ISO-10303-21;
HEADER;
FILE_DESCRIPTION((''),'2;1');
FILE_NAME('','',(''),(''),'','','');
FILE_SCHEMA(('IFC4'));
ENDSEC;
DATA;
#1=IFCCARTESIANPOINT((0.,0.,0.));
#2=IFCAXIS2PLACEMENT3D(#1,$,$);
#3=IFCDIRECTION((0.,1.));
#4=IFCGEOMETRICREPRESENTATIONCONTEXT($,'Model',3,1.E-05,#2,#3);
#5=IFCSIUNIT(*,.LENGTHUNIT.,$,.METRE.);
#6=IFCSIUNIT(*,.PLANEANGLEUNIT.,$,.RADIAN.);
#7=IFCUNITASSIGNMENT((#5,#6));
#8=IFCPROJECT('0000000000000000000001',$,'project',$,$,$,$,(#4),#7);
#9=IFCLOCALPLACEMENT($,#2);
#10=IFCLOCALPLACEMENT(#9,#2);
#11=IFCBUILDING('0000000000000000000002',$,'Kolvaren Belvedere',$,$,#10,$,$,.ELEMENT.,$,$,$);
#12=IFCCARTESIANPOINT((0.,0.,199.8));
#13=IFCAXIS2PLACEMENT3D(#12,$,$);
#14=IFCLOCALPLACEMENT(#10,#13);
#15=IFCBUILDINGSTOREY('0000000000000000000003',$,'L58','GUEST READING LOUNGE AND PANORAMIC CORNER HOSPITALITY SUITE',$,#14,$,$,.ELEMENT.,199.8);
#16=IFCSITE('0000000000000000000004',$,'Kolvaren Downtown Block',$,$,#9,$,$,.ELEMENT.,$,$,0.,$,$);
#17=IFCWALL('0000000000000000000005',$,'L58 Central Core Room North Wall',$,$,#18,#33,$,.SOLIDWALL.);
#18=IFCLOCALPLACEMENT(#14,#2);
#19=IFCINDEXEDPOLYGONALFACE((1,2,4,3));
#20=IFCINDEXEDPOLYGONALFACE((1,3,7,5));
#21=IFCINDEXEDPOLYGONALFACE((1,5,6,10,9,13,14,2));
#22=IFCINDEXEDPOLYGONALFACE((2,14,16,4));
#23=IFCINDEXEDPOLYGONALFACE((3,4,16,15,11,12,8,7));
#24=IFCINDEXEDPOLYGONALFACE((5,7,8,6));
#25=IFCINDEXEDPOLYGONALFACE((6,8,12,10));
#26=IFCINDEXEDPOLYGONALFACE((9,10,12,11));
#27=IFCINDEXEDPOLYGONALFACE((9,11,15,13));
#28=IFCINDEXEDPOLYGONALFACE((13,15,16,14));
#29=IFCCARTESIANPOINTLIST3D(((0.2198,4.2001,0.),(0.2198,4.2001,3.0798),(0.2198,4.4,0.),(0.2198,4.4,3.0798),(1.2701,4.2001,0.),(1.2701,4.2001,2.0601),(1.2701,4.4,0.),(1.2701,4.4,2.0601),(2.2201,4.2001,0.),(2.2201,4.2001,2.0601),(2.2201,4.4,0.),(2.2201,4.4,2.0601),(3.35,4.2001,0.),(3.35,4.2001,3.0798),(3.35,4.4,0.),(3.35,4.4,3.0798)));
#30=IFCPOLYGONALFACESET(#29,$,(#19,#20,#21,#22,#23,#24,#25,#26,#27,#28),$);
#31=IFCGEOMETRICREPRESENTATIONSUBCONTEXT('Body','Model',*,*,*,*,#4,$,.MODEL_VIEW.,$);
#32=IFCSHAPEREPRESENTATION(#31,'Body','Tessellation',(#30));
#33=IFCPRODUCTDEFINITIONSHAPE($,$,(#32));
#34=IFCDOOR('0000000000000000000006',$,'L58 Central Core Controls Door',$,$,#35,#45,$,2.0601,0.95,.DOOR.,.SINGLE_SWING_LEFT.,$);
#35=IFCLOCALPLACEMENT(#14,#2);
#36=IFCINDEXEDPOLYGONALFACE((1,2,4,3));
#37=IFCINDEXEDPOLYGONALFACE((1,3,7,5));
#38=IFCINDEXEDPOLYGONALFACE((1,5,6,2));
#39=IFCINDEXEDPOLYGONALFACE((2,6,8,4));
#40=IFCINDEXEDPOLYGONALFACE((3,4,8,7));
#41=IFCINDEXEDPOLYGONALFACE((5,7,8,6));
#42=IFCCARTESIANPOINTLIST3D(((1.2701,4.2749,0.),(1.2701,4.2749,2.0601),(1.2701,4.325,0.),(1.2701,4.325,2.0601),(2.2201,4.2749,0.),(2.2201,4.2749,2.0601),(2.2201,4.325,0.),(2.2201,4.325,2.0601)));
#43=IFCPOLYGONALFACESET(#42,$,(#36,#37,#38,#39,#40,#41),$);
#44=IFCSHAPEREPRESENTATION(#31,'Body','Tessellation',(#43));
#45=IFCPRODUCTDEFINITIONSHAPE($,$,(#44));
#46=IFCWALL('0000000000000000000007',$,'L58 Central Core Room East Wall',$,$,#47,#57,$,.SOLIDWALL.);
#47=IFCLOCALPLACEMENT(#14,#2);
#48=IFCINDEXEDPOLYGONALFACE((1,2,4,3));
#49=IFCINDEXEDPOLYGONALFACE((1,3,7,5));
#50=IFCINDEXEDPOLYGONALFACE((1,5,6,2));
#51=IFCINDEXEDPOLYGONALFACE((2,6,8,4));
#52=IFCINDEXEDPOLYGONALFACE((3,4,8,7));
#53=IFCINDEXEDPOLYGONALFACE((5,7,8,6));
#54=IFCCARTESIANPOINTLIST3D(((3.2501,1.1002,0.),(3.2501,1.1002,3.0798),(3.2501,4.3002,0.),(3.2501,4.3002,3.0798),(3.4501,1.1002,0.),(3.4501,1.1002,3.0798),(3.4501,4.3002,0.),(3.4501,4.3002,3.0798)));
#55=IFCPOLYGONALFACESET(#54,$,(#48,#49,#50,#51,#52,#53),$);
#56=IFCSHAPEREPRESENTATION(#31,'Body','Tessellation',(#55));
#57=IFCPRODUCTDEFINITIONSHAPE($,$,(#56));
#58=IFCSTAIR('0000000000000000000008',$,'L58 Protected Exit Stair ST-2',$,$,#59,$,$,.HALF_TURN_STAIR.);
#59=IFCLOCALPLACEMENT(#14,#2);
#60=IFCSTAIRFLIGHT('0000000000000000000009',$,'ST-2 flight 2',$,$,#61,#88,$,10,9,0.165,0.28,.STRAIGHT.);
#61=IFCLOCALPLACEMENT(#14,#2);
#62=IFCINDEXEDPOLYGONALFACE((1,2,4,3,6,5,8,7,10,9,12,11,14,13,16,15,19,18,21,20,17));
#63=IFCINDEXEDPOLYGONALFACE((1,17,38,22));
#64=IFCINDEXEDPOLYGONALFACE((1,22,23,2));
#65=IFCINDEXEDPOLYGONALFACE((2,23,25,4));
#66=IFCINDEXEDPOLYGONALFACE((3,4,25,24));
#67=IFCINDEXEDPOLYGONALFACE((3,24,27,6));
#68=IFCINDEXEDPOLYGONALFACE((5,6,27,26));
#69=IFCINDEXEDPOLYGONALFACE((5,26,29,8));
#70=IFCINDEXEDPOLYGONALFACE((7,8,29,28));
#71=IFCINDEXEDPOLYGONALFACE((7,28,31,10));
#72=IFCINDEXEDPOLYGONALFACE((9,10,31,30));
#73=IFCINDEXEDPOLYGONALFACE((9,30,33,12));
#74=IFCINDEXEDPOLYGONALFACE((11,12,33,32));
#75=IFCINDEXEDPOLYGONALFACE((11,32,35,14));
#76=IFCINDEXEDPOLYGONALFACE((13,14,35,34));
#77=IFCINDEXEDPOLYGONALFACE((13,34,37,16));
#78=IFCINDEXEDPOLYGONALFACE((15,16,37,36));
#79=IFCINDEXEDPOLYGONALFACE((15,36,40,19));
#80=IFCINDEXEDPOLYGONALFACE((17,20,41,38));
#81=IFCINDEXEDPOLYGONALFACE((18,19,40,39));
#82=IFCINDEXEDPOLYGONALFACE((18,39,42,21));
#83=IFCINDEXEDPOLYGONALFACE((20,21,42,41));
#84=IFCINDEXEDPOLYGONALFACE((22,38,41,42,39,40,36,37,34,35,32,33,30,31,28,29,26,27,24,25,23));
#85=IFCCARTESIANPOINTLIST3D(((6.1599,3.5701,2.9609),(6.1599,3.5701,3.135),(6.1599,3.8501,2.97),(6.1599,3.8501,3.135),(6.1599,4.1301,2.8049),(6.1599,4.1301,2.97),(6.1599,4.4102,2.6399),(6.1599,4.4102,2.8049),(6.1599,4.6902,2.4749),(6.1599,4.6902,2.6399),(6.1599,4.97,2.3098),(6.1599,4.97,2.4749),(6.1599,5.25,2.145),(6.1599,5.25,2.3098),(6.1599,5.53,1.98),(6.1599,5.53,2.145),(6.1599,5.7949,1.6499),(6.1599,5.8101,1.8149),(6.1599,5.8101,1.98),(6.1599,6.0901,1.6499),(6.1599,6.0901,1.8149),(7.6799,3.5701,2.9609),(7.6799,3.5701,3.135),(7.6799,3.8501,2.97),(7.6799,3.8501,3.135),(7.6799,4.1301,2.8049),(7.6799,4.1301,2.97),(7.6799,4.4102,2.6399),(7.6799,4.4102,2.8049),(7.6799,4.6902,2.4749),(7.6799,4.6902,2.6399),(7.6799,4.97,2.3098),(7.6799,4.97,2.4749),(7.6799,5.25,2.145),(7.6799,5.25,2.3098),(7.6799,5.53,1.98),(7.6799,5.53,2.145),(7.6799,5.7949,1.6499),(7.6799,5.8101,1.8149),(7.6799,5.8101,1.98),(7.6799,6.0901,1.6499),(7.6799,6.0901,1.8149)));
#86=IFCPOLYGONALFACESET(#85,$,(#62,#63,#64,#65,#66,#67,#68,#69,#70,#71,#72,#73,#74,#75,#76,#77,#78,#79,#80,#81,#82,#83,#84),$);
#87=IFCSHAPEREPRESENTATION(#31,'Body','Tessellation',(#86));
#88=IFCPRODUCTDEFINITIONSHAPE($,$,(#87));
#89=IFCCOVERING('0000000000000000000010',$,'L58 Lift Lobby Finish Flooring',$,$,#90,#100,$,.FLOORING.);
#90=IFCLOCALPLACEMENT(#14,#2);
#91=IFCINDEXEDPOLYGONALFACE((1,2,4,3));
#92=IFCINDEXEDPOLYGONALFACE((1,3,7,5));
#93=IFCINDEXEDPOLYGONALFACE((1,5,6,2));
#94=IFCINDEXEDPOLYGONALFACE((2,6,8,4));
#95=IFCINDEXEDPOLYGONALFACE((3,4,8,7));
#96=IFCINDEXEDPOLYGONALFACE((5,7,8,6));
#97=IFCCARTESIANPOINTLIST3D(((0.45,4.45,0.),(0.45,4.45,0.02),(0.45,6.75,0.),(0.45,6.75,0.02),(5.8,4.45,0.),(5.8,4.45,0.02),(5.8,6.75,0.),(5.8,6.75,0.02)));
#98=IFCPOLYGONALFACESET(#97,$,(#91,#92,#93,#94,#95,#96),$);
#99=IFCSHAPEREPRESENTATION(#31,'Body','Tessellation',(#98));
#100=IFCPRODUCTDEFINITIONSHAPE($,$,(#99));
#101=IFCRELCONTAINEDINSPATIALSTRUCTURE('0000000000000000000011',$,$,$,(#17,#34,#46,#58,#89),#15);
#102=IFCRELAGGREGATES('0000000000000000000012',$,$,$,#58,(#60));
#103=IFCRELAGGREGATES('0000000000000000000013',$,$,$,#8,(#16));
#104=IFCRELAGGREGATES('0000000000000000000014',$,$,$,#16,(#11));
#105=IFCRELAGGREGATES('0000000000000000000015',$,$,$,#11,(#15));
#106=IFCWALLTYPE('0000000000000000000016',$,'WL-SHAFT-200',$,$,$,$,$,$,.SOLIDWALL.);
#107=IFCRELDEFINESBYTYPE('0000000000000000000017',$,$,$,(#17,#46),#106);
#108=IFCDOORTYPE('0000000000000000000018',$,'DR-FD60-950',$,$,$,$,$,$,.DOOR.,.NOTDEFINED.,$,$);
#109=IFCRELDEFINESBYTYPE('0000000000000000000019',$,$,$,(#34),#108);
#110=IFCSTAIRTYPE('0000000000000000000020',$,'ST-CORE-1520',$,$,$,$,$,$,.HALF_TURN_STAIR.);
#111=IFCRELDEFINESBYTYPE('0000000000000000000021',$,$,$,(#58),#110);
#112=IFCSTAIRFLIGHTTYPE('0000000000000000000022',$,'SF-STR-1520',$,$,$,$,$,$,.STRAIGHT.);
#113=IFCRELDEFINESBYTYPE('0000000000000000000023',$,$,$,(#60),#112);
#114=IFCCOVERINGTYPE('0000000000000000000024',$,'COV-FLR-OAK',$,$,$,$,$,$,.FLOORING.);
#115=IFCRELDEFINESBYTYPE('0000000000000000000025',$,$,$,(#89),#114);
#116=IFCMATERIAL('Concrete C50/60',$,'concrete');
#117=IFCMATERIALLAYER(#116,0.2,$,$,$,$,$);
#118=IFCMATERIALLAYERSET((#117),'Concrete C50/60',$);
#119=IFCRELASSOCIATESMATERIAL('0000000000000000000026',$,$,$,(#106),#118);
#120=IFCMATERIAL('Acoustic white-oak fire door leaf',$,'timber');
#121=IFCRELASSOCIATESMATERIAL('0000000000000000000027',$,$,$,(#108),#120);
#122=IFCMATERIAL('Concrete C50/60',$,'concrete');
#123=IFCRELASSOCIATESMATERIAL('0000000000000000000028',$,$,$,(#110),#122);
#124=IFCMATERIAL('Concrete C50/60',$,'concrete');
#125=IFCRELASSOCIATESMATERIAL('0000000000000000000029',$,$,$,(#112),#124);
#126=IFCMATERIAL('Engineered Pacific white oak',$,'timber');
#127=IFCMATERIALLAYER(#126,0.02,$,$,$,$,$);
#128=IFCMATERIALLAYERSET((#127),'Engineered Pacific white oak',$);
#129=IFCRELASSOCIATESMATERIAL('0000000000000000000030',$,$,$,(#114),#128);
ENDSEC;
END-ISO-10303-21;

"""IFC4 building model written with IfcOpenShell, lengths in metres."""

from ifc_helpers import new_model, si_unit, direction, frame, frame_2d, origin, place, context, subcontext, project, spatial, polyline, rectangle, outline, extrude, material, layer, layer_set, type_object, element, fill, aggregate, save


model = new_model("IFC4")

# Units and contexts
model_context = context("Model", 3, precision=1e-05, world=origin(), true_north=direction((0.0, 1.0)))
body_context = subcontext(model_context, "Body", "Model", "MODEL_VIEW")
ifc_project = project(units=[si_unit("LENGTHUNIT", "METRE"), si_unit("PLANEANGLEUNIT", "RADIAN")], contexts=[model_context])

# Site, building, storey
site_placement = place(None, origin())
site = spatial("IfcSite", under=ifc_project, at=site_placement, Name="Kolvaren Downtown Block", CompositionType="ELEMENT", RefElevation=0.0)
building_placement = place(site_placement, origin())
building = spatial("IfcBuilding", under=site, at=building_placement, Name="Kolvaren Belvedere", CompositionType="ELEMENT")
storey_placement = place(building_placement, frame((0.0, 0.0, 199.8)))
storey = spatial("IfcBuildingStorey", under=building, at=storey_placement, Name="L58", Description="GUEST READING LOUNGE AND PANORAMIC CORNER HOSPITALITY SUITE", CompositionType="ELEMENT", Elevation=199.8)

# Shared definitions
ifc_material_1 = material(Name="Concrete C50/60", Category="concrete")
ifc_layer_1 = layer(ifc_material_1, 0.2)
ifc_layer_set_1 = layer_set([ifc_layer_1], Name="Concrete C50/60")
wall_type_1 = type_object("IfcWallType", Name="WL-SHAFT-200", PredefinedType="SOLIDWALL", material=ifc_layer_set_1)

# Wall, opening, door
wall_1_placement = place(storey_placement, frame((0.22, 4.3, 0.0), z_axis=(0.0, 0.0, 1.0), x_axis=(1.0, 0.0, 0.0)))
wall_1 = element("IfcWall", 1, at=wall_1_placement, inside=storey, type_object=wall_type_1, Name="L58 Central Core Room North Wall", PredefinedType="SOLIDWALL", context=body_context, shape_type="SweptSolid", body=[
    extrude(rectangle(XDim=3.1301, YDim=0.2, at=frame_2d((1.5649, 0.0))), origin(), (0.0, 0.0, 1.0), 3.0798),
])
opening_1_placement = place(wall_1_placement, frame((1.05, 0.0, 0.0)))
opening_1 = element("IfcOpeningElement", 2, at=opening_1_placement, cuts=wall_1, PredefinedType="OPENING", context=body_context, shape_type="SweptSolid", body=[
    extrude(rectangle(XDim=0.95, YDim=2.0601, at=frame_2d((0.4751, 1.03))), frame((0.0, 0.1099, 0.0), z_axis=(0.0, -1.0, 0.0), x_axis=(1.0, 0.0, 0.0)), (0.0, 0.0, 1.0), 0.22),
])
ifc_material_2 = material(Name="Acoustic white-oak fire door leaf", Category="timber")
door_type_1 = type_object("IfcDoorType", Name="DR-FD60-950", OperationType="NOTDEFINED", PredefinedType="DOOR", material=ifc_material_2)
door_1_placement = place(opening_1_placement, origin())
door_1 = element("IfcDoor", 3, at=door_1_placement, inside=storey, type_object=door_type_1, Name="L58 Central Core Controls Door", OperationType="SINGLE_SWING_LEFT", OverallHeight=2.0601, OverallWidth=0.95, PredefinedType="DOOR", context=body_context, shape_type="SweptSolid", body=[
    extrude(rectangle(XDim=0.95, YDim=2.0601, at=frame_2d((0.4751, 1.03))), frame((0.0, 0.0249, 0.0), z_axis=(0.0, -1.0, 0.0), x_axis=(1.0, 0.0, 0.0)), (0.0, 0.0, 1.0), 0.05),
])
fill(opening_1, door_1)

# Wall
wall_2_placement = place(storey_placement, frame((3.3501, 1.1001, 0.0), z_axis=(0.0, 0.0, 1.0), x_axis=(0.0, 1.0, 0.0)))
element("IfcWall", 4, at=wall_2_placement, inside=storey, type_object=wall_type_1, Name="L58 Central Core Room East Wall", PredefinedType="SOLIDWALL", context=body_context, shape_type="SweptSolid", body=[
    extrude(rectangle(XDim=3.2, YDim=0.2, at=frame_2d((1.6001, 0.0))), origin(), (0.0, 0.0, 1.0), 3.0798),
])

# Stair, stair flight
ifc_material_3 = material(Name="Concrete C50/60", Category="concrete")
stair_type = type_object("IfcStairType", Name="ST-CORE-1520", PredefinedType="HALF_TURN_STAIR", material=ifc_material_3)
stair_placement = place(storey_placement, origin())
stair = element("IfcStair", 5, at=stair_placement, inside=storey, type_object=stair_type, Name="L58 Protected Exit Stair ST-2", PredefinedType="HALF_TURN_STAIR")
ifc_material_4 = material(Name="Concrete C50/60", Category="concrete")
stair_flight_type = type_object("IfcStairFlightType", Name="SF-STR-1520", PredefinedType="STRAIGHT", material=ifc_material_4)
stair_flight_placement = place(storey_placement, frame((6.9199, 6.0901, 1.6499), z_axis=(0.0, 0.0, 1.0), x_axis=(0.0, -1.0, 0.0)))
stair_flight = element("IfcStairFlight", 6, at=stair_flight_placement, type_object=stair_flight_type, Name="ST-2 flight 2", NumberOfRisers=10, NumberOfTreads=9, PredefinedType="STRAIGHT", RiserHeight=0.165, TreadLength=0.28, context=body_context, shape_type="SweptSolid", body=[
    extrude(outline(polyline([(0.0, 0.0), (0.0, 0.165), (0.28, 0.165), (0.28, 0.3301), (0.5601, 0.3301), (0.5601, 0.4951), (0.8401, 0.4951), (0.8401, 0.6599), (1.1201, 0.6599), (1.1201, 0.825), (1.3999, 0.825), (1.3999, 0.99), (1.6799, 0.99), (1.6799, 1.155), (1.96, 1.155), (1.96, 1.3201), (2.24, 1.3201), (2.24, 1.4851), (2.52, 1.4851), (2.52, 1.6499), (2.52, 1.311), (0.2952, 0.0), (0.0, 0.0)])), frame((0.0, 0.76, 0.0), z_axis=(0.0, -1.0, 0.0), x_axis=(1.0, 0.0, 0.0)), (0.0, 0.0, 1.0), 1.52),
])
aggregate(stair, [stair_flight])

# Covering
ifc_material_5 = material(Name="Engineered Pacific white oak", Category="timber")
ifc_layer_2 = layer(ifc_material_5, 0.02)
ifc_layer_set_2 = layer_set([ifc_layer_2], Name="Engineered Pacific white oak")
covering_type = type_object("IfcCoveringType", Name="COV-FLR-OAK", PredefinedType="FLOORING", material=ifc_layer_set_2)
covering_placement = place(storey_placement, origin())
element("IfcCovering", 7, at=covering_placement, inside=storey, type_object=covering_type, Name="L58 Lift Lobby Finish Flooring", PredefinedType="FLOORING", context=body_context, shape_type="SweptSolid", body=[
    extrude(outline(polyline([(0.45, 4.45), (5.8, 4.45), (5.8, 6.75), (0.45, 6.75), (0.45, 4.45)])), origin(), (0.0, 0.0, 1.0), 0.02),
])

save(model, "model.ifc")
